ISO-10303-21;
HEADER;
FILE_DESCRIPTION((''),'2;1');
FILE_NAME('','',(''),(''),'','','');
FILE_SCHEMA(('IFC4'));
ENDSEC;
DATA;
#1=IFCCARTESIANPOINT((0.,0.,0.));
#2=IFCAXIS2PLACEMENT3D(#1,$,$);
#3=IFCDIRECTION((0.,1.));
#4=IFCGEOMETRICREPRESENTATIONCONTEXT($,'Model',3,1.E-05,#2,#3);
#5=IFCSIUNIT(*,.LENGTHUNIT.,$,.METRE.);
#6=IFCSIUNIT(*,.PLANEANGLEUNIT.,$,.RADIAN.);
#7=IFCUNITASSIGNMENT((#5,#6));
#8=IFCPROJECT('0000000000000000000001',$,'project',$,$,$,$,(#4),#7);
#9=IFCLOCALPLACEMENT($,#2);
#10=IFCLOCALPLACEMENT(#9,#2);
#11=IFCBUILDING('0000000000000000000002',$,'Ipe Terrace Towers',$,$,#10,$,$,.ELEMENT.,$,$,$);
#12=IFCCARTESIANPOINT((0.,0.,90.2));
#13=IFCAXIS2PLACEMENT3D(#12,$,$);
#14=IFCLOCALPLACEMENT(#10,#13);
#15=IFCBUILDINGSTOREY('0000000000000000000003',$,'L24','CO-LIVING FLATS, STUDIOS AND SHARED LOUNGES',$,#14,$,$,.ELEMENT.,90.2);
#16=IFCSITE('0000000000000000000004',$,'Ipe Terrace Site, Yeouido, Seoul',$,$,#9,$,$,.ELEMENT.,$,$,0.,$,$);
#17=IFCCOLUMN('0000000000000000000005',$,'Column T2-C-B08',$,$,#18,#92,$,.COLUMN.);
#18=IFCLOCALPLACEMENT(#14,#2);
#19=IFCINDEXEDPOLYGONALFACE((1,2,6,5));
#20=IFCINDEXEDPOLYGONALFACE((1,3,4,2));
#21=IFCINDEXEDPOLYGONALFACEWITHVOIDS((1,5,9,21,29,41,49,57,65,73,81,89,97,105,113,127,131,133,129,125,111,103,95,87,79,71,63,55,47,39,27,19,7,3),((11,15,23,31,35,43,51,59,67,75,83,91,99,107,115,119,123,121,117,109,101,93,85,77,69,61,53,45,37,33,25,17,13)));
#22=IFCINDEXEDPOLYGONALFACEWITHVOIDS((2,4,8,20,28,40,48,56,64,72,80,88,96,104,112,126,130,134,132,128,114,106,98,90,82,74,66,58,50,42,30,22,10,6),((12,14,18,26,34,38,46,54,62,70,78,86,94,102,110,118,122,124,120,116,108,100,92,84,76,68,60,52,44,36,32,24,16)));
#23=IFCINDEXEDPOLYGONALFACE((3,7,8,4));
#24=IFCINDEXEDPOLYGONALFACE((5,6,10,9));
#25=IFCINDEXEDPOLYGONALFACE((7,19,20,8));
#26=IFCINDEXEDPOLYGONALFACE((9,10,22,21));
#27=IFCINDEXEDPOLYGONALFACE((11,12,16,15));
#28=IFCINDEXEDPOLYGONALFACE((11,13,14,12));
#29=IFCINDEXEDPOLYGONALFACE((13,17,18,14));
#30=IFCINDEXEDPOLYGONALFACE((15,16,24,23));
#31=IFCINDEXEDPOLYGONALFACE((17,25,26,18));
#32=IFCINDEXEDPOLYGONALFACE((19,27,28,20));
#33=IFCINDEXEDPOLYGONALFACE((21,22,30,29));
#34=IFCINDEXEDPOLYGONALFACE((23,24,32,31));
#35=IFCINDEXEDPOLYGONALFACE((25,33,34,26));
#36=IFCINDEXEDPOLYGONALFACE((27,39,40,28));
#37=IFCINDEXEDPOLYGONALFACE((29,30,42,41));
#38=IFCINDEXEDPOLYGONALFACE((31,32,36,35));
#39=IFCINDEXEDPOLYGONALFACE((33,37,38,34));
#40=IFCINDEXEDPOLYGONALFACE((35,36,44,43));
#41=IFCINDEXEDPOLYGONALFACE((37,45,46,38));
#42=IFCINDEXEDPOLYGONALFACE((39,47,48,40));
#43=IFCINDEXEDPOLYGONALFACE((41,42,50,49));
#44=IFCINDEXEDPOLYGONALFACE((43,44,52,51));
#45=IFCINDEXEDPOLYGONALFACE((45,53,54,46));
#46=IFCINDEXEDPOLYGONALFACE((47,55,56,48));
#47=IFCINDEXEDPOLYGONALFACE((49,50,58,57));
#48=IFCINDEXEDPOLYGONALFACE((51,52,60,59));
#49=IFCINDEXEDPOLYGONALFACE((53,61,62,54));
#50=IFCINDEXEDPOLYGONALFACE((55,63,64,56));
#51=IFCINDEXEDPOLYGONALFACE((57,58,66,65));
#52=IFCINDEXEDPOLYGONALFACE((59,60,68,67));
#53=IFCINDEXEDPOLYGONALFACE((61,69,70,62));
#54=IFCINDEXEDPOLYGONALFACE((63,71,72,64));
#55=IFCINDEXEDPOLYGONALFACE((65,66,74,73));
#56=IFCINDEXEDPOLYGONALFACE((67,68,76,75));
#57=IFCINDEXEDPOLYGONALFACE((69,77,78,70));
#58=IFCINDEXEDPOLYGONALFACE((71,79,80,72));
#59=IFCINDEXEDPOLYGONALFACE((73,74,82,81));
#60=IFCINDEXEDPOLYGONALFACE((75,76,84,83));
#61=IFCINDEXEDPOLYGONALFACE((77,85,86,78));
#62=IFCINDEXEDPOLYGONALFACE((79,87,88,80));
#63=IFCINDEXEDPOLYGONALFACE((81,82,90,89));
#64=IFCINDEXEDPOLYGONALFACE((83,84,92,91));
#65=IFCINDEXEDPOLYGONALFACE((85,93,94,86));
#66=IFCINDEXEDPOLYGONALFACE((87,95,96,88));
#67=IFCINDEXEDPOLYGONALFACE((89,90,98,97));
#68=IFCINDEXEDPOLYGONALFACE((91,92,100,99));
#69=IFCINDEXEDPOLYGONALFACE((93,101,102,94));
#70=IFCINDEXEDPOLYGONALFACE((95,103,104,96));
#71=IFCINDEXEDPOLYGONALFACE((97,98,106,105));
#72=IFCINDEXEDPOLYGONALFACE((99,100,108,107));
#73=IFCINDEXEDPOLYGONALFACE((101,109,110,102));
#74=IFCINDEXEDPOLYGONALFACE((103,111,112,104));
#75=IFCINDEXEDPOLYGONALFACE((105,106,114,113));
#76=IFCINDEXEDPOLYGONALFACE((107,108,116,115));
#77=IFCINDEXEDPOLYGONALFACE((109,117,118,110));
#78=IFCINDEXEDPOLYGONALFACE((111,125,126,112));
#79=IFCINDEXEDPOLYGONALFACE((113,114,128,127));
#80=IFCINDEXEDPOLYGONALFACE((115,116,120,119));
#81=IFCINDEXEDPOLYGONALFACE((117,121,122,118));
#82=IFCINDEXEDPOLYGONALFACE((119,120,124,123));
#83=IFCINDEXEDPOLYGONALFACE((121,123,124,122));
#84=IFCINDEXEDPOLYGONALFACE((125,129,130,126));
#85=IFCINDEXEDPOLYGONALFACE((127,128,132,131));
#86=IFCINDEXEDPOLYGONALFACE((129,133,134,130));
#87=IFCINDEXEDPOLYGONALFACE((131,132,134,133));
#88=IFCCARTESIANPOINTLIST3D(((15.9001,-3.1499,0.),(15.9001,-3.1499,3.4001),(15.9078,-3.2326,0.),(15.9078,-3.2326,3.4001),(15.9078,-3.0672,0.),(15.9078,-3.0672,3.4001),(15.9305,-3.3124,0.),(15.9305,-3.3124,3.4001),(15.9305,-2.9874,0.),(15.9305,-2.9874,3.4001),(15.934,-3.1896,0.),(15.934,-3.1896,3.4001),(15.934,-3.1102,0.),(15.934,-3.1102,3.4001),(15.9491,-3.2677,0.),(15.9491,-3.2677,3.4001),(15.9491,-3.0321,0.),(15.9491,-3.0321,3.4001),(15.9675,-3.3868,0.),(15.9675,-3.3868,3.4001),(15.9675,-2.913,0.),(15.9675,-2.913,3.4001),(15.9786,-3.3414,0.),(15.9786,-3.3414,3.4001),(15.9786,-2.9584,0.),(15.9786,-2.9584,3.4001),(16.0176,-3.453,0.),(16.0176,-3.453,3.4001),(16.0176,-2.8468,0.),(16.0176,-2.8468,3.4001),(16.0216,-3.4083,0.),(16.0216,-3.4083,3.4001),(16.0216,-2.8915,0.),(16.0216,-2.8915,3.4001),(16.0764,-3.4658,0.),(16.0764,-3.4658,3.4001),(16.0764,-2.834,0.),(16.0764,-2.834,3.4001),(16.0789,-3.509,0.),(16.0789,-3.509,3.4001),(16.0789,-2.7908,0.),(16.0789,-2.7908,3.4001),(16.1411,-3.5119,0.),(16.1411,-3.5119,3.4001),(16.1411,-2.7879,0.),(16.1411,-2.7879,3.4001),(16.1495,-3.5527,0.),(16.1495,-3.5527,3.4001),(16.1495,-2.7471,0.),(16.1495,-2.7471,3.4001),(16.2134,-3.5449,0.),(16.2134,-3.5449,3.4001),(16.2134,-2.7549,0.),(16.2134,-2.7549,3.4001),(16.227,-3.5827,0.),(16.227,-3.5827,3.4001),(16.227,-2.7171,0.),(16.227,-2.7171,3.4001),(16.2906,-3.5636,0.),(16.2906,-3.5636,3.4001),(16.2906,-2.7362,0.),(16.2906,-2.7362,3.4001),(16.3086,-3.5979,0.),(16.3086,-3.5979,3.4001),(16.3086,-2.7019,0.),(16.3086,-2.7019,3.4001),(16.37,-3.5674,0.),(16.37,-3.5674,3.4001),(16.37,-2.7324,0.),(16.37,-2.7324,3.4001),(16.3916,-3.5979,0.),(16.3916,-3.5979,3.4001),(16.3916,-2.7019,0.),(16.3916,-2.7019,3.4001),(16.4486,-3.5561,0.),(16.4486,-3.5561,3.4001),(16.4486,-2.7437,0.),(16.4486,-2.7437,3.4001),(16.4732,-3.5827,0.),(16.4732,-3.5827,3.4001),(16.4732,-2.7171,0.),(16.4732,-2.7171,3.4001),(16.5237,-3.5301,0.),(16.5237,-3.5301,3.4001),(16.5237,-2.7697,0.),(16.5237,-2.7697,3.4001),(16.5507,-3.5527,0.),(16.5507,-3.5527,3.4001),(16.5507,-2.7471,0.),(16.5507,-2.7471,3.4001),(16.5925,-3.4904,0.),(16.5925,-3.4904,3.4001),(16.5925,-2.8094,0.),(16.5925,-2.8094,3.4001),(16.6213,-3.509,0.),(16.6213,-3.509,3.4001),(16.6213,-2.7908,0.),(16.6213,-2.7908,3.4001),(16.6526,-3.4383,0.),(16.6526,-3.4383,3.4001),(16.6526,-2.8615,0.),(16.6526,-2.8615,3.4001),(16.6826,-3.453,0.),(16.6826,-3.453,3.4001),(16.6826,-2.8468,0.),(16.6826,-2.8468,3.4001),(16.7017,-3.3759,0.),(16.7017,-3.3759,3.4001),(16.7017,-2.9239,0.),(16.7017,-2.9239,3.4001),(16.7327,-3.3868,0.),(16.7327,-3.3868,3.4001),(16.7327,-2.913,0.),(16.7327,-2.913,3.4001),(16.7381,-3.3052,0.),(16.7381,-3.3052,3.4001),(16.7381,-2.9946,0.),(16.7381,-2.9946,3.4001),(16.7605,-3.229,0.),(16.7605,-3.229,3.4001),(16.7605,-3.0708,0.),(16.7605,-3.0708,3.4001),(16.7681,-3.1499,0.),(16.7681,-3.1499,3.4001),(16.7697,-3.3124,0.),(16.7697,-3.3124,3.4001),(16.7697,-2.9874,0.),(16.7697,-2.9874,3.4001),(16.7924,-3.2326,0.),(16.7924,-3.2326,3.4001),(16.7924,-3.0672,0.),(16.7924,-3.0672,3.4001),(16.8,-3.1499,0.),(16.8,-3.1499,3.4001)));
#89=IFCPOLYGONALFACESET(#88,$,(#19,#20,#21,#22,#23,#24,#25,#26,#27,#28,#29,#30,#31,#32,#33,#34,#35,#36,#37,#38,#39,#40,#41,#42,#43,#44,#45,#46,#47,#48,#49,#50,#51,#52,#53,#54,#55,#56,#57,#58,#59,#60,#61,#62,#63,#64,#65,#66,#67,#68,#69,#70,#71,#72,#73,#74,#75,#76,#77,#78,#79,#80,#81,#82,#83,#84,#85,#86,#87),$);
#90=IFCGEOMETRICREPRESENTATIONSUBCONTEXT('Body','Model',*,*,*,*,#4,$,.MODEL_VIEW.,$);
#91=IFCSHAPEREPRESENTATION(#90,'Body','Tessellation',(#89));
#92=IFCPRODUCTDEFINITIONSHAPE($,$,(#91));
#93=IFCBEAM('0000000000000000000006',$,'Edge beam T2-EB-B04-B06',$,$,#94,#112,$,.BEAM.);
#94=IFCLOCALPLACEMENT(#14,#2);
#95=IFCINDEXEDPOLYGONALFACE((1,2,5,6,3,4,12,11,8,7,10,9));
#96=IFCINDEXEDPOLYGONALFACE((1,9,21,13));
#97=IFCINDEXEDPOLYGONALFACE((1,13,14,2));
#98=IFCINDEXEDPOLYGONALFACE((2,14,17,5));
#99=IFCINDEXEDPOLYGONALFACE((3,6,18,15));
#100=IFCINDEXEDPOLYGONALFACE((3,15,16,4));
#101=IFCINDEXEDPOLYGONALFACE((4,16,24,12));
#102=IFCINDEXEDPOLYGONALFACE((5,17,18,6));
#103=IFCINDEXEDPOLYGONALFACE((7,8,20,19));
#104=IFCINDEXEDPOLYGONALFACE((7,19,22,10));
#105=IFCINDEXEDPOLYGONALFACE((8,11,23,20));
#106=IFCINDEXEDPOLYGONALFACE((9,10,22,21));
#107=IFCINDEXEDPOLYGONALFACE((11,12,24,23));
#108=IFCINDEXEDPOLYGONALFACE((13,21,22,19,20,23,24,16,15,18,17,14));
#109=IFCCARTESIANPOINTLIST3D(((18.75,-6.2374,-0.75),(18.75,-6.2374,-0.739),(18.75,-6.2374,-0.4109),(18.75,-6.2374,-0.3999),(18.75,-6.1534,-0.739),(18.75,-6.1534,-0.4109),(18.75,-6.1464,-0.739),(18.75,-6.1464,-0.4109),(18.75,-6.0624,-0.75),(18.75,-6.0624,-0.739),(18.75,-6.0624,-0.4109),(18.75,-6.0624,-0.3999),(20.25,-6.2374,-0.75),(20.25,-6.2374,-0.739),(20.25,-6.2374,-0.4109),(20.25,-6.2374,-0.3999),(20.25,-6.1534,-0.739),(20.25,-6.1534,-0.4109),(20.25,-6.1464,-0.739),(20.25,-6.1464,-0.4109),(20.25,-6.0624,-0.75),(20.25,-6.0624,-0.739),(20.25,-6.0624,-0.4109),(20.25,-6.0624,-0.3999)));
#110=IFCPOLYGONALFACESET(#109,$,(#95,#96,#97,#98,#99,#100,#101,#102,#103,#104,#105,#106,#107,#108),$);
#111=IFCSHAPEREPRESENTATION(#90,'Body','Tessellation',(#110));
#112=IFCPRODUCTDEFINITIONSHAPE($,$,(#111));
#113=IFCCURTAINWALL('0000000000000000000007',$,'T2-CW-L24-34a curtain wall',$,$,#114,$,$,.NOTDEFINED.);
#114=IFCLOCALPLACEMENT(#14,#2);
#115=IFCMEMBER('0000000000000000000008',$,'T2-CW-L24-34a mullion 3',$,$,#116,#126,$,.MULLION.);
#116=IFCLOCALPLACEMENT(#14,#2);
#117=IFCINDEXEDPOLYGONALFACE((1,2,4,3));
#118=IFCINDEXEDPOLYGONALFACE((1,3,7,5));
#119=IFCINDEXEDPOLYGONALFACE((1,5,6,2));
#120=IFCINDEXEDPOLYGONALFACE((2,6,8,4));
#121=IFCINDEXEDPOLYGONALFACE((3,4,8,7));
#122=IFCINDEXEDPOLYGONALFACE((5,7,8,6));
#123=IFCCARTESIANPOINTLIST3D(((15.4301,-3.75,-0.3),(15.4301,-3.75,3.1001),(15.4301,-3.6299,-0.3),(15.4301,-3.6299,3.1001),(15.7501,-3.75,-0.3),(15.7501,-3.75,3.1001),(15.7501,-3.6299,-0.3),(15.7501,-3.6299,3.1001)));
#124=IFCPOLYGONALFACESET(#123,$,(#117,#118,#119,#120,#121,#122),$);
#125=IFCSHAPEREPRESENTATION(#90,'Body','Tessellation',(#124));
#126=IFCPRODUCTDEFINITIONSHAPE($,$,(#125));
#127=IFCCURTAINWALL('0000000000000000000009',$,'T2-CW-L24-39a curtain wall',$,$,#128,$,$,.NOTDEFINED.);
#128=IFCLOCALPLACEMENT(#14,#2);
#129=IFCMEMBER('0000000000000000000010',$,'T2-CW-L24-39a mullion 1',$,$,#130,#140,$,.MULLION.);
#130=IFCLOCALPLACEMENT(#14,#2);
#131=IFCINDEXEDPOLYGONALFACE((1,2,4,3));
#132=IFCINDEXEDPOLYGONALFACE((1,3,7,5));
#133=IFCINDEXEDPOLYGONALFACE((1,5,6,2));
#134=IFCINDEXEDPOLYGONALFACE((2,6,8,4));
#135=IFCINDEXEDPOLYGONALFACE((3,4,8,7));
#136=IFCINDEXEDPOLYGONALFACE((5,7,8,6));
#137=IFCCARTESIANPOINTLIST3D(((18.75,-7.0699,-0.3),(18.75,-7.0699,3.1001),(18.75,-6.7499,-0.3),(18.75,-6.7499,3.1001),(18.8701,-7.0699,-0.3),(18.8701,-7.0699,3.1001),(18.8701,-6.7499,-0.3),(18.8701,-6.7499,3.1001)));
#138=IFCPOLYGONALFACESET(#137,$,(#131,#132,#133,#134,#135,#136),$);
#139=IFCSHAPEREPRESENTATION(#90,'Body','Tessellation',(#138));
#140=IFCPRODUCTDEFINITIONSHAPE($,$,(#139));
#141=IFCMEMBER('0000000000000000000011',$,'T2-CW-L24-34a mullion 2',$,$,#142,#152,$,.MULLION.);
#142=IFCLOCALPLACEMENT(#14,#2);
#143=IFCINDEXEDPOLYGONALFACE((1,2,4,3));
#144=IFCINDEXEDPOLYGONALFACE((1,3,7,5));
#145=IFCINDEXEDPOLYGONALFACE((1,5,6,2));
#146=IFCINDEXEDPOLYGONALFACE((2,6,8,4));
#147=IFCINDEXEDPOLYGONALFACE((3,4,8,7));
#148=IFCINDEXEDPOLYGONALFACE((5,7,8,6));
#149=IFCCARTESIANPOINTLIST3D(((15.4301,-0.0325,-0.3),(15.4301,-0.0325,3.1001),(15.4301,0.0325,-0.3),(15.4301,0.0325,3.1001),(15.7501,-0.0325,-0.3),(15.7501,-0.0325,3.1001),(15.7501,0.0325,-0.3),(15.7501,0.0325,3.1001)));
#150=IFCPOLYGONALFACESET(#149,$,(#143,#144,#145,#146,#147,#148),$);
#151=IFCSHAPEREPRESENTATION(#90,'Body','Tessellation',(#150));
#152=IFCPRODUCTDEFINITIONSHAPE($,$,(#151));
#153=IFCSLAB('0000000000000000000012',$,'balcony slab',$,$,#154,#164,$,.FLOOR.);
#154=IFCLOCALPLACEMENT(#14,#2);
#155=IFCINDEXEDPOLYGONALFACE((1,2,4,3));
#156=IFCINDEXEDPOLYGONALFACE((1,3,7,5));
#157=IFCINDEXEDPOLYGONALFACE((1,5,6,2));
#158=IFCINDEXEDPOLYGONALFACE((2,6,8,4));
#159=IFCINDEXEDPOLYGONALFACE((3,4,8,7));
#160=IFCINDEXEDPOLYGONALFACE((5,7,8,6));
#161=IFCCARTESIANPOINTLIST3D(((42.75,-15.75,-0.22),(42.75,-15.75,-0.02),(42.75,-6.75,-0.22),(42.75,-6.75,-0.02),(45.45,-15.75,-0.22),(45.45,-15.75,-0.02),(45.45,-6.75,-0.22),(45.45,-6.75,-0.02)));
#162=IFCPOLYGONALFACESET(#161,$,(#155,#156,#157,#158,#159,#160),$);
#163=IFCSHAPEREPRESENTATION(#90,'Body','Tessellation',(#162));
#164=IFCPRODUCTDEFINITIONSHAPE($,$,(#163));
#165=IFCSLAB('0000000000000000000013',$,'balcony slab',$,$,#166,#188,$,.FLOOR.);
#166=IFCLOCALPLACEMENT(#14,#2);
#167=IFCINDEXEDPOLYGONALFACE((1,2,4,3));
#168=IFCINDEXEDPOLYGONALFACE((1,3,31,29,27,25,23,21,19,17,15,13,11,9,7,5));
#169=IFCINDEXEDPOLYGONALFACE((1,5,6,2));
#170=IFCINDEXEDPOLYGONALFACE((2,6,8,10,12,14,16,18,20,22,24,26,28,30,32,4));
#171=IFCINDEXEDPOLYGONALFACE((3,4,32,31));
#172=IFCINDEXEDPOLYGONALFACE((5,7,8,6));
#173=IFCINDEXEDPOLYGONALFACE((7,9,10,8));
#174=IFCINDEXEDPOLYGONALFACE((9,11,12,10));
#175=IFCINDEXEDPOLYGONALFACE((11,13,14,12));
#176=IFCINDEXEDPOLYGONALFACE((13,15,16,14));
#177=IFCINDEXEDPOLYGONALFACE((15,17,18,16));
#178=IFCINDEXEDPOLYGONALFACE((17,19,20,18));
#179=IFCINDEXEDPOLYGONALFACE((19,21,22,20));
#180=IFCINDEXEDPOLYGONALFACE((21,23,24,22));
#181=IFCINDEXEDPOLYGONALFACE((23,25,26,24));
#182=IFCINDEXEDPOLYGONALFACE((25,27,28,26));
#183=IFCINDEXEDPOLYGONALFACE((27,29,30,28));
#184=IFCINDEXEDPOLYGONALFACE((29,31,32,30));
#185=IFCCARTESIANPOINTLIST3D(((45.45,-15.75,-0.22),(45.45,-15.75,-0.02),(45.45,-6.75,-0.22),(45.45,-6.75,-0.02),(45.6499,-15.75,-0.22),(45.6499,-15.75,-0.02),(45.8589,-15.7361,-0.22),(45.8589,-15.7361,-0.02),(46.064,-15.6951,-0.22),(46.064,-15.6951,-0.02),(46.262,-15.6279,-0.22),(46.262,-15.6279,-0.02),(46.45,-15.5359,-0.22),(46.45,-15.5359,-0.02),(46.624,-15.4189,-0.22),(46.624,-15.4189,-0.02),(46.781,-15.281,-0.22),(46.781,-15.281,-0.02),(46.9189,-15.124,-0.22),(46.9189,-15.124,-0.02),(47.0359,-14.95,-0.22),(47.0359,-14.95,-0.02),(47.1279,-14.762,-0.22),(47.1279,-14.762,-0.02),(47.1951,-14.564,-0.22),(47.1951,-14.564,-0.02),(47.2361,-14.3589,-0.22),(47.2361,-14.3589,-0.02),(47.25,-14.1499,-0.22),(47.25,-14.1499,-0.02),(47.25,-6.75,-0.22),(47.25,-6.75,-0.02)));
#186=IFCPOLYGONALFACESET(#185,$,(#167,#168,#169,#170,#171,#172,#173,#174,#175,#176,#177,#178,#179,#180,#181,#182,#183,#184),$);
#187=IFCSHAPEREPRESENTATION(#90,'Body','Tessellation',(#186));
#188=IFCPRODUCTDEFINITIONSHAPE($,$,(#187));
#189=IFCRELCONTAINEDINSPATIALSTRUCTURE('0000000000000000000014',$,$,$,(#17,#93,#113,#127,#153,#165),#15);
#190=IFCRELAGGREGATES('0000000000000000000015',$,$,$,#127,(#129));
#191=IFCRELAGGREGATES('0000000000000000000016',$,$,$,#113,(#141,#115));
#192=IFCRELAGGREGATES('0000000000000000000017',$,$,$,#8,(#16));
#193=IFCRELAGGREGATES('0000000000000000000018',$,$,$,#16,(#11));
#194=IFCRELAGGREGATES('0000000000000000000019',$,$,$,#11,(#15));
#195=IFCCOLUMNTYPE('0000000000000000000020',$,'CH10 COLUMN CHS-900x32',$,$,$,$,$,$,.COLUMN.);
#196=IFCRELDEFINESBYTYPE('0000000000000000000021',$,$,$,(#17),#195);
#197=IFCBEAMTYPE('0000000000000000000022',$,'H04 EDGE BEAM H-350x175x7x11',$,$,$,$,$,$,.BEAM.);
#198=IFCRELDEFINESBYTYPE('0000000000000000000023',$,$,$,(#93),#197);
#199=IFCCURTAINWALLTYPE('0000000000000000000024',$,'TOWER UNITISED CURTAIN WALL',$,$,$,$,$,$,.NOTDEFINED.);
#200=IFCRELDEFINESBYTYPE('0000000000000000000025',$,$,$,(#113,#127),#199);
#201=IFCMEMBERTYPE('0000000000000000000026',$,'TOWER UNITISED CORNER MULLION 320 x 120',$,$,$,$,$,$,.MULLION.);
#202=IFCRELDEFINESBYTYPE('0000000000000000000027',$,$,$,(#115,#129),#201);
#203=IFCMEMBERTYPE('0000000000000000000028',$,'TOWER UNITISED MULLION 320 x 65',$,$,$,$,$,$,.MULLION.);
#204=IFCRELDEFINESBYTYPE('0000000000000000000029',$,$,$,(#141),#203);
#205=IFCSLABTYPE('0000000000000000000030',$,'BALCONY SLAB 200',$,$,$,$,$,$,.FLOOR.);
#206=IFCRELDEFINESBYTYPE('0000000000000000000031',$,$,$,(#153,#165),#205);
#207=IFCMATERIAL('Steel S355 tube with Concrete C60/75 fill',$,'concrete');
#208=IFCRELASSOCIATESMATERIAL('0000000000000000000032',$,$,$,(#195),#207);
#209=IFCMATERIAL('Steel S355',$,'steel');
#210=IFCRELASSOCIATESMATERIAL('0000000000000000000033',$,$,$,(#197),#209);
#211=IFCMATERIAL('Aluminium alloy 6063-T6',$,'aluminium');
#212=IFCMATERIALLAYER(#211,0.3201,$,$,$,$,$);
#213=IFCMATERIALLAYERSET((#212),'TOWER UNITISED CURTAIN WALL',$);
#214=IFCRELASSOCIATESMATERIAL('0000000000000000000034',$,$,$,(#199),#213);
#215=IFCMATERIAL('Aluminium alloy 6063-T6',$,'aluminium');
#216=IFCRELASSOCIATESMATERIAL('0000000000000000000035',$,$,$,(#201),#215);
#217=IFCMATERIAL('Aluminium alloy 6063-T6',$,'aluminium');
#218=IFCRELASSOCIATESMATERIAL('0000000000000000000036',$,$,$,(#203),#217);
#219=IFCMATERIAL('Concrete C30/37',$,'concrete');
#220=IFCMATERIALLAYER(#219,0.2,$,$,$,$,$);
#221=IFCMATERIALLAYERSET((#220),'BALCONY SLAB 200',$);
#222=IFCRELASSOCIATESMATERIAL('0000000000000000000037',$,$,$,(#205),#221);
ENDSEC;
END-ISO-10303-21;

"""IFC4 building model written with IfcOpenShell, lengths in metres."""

from ifc_helpers import new_model, si_unit, direction, frame, origin, origin_2d, place, context, subcontext, project, spatial, polyline, rectangle, hollow_circle, i_section, outline, extrude, material, layer, layer_set, material_profile, profile_set, type_object, element, aggregate, save


model = new_model("IFC4")

# Units and contexts
model_context = context("Model", 3, precision=1e-05, world=origin(), true_north=direction((0.0, 1.0)))
body_context = subcontext(model_context, "Body", "Model", "MODEL_VIEW")
ifc_project = project(units=[si_unit("LENGTHUNIT", "METRE"), si_unit("PLANEANGLEUNIT", "RADIAN")], contexts=[model_context])

# Site, building, storey
site_placement = place(None, origin())
site = spatial("IfcSite", under=ifc_project, at=site_placement, Name="Ipe Terrace Site, Yeouido, Seoul", CompositionType="ELEMENT", RefElevation=0.0)
building_placement = place(site_placement, origin())
building = spatial("IfcBuilding", under=site, at=building_placement, Name="Ipe Terrace Towers", CompositionType="ELEMENT")
storey_placement = place(building_placement, frame((0.0, 0.0, 90.2)))
storey = spatial("IfcBuildingStorey", under=building, at=storey_placement, Name="L24", Description="CO-LIVING FLATS, STUDIOS AND SHARED LOUNGES", CompositionType="ELEMENT", Elevation=90.2)

# Column
ifc_material_1 = material(Name="Steel S355 tube with Concrete C60/75 fill", Category="concrete")
ifc_material_profile_1 = material_profile(ifc_material_1, hollow_circle(Radius=0.45, WallThickness=0.032, at=origin_2d()), Name="CHS-900x32")
ifc_profile_set_1 = profile_set([ifc_material_profile_1], Name="Steel S355 tube with Concrete C60/75 fill")
column_type = type_object("IfcColumnType", Name="CH10 COLUMN CHS-900x32", PredefinedType="COLUMN", material=ifc_profile_set_1)
for number, where, z_axis, x_axis, name in (
    (1, (16.3501, -3.1499, 0.0), (0.0, 0.0, 1.0), (1.0, 0.0, 0.0), "Column T2-C-B08"),
):
    element("IfcColumn", number, at=place(storey_placement, frame(where, z_axis=z_axis, x_axis=x_axis)), inside=storey, type_object=column_type, Name=name, PredefinedType="COLUMN", context=body_context, shape_type="SweptSolid", body=[
        extrude(hollow_circle(Radius=0.45, WallThickness=0.032, at=origin_2d()), origin(), (0.0, 0.0, 1.0), 3.4001),
    ])

# Beam
ifc_material_2 = material(Name="Steel S355", Category="steel")
ifc_material_profile_2 = material_profile(ifc_material_2, i_section(OverallWidth=0.175, OverallDepth=0.3501, WebThickness=0.0071, FlangeThickness=0.011, at=origin_2d()), Name="H-350x175x7x11")
ifc_profile_set_2 = profile_set([ifc_material_profile_2], Name="Steel S355")
beam_type = type_object("IfcBeamType", Name="H04 EDGE BEAM H-350x175x7x11", PredefinedType="BEAM", material=ifc_profile_set_2)
beam_placement = place(storey_placement, frame((20.25, -6.1499, -0.575), z_axis=(-1.0, 0.0, 0.0), x_axis=(0.0, -1.0, 0.0)))
element("IfcBeam", 2, at=beam_placement, inside=storey, type_object=beam_type, Name="Edge beam T2-EB-B04-B06", PredefinedType="BEAM", context=body_context, shape_type="SweptSolid", body=[
    extrude(i_section(OverallWidth=0.175, OverallDepth=0.3501, WebThickness=0.0071, FlangeThickness=0.011, at=origin_2d()), origin(), (0.0, 0.0, 1.0), 1.5),
])

# Curtain walls, members
ifc_material_3 = material(Name="Aluminium alloy 6063-T6", Category="aluminium")
ifc_layer_1 = layer(ifc_material_3, 0.3201)
ifc_layer_set_1 = layer_set([ifc_layer_1], Name="TOWER UNITISED CURTAIN WALL")
curtain_wall_type = type_object("IfcCurtainWallType", Name="TOWER UNITISED CURTAIN WALL", PredefinedType="NOTDEFINED", material=ifc_layer_set_1)
curtain_wall_1_placement = place(storey_placement, origin())
curtain_wall_1 = element("IfcCurtainWall", 3, at=curtain_wall_1_placement, inside=storey, type_object=curtain_wall_type, Name="T2-CW-L24-34a curtain wall", PredefinedType="NOTDEFINED")
ifc_material_4 = material(Name="Aluminium alloy 6063-T6", Category="aluminium")
ifc_material_profile_3 = material_profile(ifc_material_4, rectangle(XDim=0.3201, YDim=0.1201, at=origin_2d()), Name="TOWER UNITISED CORNER MULLION 320 x 120")
ifc_profile_set_3 = profile_set([ifc_material_profile_3], Name="Aluminium alloy 6063-T6")
member_type_1 = type_object("IfcMemberType", Name="TOWER UNITISED CORNER MULLION 320 x 120", PredefinedType="MULLION", material=ifc_profile_set_3)
member_1_placement = place(storey_placement, frame((15.5901, -3.6899, -0.3), z_axis=(0.0, 0.0, 1.0), x_axis=(-1.0, 0.0, 0.0)))
member_1 = element("IfcMember", 4, at=member_1_placement, type_object=member_type_1, Name="T2-CW-L24-34a mullion 3", PredefinedType="MULLION", context=body_context, shape_type="SweptSolid", body=[
    extrude(rectangle(XDim=0.3201, YDim=0.1201, at=origin_2d()), origin(), (0.0, 0.0, 1.0), 3.4001),
])
curtain_wall_2_placement = place(storey_placement, origin())
curtain_wall_2 = element("IfcCurtainWall", 5, at=curtain_wall_2_placement, inside=storey, type_object=curtain_wall_type, Name="T2-CW-L24-39a curtain wall", PredefinedType="NOTDEFINED")
member_2_placement = place(storey_placement, frame((18.8101, -6.9099, -0.3), z_axis=(0.0, 0.0, 1.0), x_axis=(0.0, -1.0, 0.0)))
member_2 = element("IfcMember", 6, at=member_2_placement, type_object=member_type_1, Name="T2-CW-L24-39a mullion 1", PredefinedType="MULLION", context=body_context, shape_type="SweptSolid", body=[
    extrude(rectangle(XDim=0.3201, YDim=0.1201, at=origin_2d()), origin(), (0.0, 0.0, 1.0), 3.4001),
])
aggregate(curtain_wall_2, [member_2])

# Member
ifc_material_5 = material(Name="Aluminium alloy 6063-T6", Category="aluminium")
ifc_material_profile_4 = material_profile(ifc_material_5, rectangle(XDim=0.3201, YDim=0.0649, at=origin_2d()), Name="TOWER UNITISED MULLION 320 x 65")
ifc_profile_set_4 = profile_set([ifc_material_profile_4], Name="Aluminium alloy 6063-T6")
member_type_2 = type_object("IfcMemberType", Name="TOWER UNITISED MULLION 320 x 65", PredefinedType="MULLION", material=ifc_profile_set_4)
member_3_placement = place(storey_placement, frame((15.5901, 0.0, -0.3), z_axis=(0.0, 0.0, 1.0), x_axis=(-1.0, 0.0, 0.0)))
member_3 = element("IfcMember", 7, at=member_3_placement, type_object=member_type_2, Name="T2-CW-L24-34a mullion 2", PredefinedType="MULLION", context=body_context, shape_type="SweptSolid", body=[
    extrude(rectangle(XDim=0.3201, YDim=0.0649, at=origin_2d()), origin(), (0.0, 0.0, 1.0), 3.4001),
])

# Slabs
ifc_material_6 = material(Name="Concrete C30/37", Category="concrete")
ifc_layer_2 = layer(ifc_material_6, 0.2)
ifc_layer_set_2 = layer_set([ifc_layer_2], Name="BALCONY SLAB 200")
slab_type_1 = type_object("IfcSlabType", Name="BALCONY SLAB 200", PredefinedType="FLOOR", material=ifc_layer_set_2)
slab_1_placement = place(storey_placement, frame((0.0, 0.0, -0.22)))
element("IfcSlab", 8, at=slab_1_placement, inside=storey, type_object=slab_type_1, Name="balcony slab", PredefinedType="FLOOR", context=body_context, shape_type="SweptSolid", body=[
    extrude(outline(polyline([(42.75, -15.75), (45.45, -15.75), (45.45, -6.75), (42.75, -6.75), (42.75, -15.75)])), origin(), (0.0, 0.0, 1.0), 0.2),
])
slab_2_placement = place(storey_placement, frame((0.0, 0.0, -0.22)))
element("IfcSlab", 9, at=slab_2_placement, inside=storey, type_object=slab_type_1, Name="balcony slab", PredefinedType="FLOOR", context=body_context, shape_type="SweptSolid", body=[
    extrude(outline(polyline([(47.25, -6.75), (45.45, -6.75), (45.45, -15.75), (45.6499, -15.75), (45.8589, -15.7361), (46.064, -15.6951), (46.262, -15.6279), (46.45, -15.5359), (46.624, -15.4189), (46.781, -15.281), (46.9189, -15.124), (47.0359, -14.95), (47.1279, -14.762), (47.1951, -14.564), (47.2361, -14.3589), (47.25, -14.1499), (47.25, -6.75)])), origin(), (0.0, 0.0, 1.0), 0.2),
])

aggregate(curtain_wall_1, [member_3, member_1])

save(model, "model.ifc")
